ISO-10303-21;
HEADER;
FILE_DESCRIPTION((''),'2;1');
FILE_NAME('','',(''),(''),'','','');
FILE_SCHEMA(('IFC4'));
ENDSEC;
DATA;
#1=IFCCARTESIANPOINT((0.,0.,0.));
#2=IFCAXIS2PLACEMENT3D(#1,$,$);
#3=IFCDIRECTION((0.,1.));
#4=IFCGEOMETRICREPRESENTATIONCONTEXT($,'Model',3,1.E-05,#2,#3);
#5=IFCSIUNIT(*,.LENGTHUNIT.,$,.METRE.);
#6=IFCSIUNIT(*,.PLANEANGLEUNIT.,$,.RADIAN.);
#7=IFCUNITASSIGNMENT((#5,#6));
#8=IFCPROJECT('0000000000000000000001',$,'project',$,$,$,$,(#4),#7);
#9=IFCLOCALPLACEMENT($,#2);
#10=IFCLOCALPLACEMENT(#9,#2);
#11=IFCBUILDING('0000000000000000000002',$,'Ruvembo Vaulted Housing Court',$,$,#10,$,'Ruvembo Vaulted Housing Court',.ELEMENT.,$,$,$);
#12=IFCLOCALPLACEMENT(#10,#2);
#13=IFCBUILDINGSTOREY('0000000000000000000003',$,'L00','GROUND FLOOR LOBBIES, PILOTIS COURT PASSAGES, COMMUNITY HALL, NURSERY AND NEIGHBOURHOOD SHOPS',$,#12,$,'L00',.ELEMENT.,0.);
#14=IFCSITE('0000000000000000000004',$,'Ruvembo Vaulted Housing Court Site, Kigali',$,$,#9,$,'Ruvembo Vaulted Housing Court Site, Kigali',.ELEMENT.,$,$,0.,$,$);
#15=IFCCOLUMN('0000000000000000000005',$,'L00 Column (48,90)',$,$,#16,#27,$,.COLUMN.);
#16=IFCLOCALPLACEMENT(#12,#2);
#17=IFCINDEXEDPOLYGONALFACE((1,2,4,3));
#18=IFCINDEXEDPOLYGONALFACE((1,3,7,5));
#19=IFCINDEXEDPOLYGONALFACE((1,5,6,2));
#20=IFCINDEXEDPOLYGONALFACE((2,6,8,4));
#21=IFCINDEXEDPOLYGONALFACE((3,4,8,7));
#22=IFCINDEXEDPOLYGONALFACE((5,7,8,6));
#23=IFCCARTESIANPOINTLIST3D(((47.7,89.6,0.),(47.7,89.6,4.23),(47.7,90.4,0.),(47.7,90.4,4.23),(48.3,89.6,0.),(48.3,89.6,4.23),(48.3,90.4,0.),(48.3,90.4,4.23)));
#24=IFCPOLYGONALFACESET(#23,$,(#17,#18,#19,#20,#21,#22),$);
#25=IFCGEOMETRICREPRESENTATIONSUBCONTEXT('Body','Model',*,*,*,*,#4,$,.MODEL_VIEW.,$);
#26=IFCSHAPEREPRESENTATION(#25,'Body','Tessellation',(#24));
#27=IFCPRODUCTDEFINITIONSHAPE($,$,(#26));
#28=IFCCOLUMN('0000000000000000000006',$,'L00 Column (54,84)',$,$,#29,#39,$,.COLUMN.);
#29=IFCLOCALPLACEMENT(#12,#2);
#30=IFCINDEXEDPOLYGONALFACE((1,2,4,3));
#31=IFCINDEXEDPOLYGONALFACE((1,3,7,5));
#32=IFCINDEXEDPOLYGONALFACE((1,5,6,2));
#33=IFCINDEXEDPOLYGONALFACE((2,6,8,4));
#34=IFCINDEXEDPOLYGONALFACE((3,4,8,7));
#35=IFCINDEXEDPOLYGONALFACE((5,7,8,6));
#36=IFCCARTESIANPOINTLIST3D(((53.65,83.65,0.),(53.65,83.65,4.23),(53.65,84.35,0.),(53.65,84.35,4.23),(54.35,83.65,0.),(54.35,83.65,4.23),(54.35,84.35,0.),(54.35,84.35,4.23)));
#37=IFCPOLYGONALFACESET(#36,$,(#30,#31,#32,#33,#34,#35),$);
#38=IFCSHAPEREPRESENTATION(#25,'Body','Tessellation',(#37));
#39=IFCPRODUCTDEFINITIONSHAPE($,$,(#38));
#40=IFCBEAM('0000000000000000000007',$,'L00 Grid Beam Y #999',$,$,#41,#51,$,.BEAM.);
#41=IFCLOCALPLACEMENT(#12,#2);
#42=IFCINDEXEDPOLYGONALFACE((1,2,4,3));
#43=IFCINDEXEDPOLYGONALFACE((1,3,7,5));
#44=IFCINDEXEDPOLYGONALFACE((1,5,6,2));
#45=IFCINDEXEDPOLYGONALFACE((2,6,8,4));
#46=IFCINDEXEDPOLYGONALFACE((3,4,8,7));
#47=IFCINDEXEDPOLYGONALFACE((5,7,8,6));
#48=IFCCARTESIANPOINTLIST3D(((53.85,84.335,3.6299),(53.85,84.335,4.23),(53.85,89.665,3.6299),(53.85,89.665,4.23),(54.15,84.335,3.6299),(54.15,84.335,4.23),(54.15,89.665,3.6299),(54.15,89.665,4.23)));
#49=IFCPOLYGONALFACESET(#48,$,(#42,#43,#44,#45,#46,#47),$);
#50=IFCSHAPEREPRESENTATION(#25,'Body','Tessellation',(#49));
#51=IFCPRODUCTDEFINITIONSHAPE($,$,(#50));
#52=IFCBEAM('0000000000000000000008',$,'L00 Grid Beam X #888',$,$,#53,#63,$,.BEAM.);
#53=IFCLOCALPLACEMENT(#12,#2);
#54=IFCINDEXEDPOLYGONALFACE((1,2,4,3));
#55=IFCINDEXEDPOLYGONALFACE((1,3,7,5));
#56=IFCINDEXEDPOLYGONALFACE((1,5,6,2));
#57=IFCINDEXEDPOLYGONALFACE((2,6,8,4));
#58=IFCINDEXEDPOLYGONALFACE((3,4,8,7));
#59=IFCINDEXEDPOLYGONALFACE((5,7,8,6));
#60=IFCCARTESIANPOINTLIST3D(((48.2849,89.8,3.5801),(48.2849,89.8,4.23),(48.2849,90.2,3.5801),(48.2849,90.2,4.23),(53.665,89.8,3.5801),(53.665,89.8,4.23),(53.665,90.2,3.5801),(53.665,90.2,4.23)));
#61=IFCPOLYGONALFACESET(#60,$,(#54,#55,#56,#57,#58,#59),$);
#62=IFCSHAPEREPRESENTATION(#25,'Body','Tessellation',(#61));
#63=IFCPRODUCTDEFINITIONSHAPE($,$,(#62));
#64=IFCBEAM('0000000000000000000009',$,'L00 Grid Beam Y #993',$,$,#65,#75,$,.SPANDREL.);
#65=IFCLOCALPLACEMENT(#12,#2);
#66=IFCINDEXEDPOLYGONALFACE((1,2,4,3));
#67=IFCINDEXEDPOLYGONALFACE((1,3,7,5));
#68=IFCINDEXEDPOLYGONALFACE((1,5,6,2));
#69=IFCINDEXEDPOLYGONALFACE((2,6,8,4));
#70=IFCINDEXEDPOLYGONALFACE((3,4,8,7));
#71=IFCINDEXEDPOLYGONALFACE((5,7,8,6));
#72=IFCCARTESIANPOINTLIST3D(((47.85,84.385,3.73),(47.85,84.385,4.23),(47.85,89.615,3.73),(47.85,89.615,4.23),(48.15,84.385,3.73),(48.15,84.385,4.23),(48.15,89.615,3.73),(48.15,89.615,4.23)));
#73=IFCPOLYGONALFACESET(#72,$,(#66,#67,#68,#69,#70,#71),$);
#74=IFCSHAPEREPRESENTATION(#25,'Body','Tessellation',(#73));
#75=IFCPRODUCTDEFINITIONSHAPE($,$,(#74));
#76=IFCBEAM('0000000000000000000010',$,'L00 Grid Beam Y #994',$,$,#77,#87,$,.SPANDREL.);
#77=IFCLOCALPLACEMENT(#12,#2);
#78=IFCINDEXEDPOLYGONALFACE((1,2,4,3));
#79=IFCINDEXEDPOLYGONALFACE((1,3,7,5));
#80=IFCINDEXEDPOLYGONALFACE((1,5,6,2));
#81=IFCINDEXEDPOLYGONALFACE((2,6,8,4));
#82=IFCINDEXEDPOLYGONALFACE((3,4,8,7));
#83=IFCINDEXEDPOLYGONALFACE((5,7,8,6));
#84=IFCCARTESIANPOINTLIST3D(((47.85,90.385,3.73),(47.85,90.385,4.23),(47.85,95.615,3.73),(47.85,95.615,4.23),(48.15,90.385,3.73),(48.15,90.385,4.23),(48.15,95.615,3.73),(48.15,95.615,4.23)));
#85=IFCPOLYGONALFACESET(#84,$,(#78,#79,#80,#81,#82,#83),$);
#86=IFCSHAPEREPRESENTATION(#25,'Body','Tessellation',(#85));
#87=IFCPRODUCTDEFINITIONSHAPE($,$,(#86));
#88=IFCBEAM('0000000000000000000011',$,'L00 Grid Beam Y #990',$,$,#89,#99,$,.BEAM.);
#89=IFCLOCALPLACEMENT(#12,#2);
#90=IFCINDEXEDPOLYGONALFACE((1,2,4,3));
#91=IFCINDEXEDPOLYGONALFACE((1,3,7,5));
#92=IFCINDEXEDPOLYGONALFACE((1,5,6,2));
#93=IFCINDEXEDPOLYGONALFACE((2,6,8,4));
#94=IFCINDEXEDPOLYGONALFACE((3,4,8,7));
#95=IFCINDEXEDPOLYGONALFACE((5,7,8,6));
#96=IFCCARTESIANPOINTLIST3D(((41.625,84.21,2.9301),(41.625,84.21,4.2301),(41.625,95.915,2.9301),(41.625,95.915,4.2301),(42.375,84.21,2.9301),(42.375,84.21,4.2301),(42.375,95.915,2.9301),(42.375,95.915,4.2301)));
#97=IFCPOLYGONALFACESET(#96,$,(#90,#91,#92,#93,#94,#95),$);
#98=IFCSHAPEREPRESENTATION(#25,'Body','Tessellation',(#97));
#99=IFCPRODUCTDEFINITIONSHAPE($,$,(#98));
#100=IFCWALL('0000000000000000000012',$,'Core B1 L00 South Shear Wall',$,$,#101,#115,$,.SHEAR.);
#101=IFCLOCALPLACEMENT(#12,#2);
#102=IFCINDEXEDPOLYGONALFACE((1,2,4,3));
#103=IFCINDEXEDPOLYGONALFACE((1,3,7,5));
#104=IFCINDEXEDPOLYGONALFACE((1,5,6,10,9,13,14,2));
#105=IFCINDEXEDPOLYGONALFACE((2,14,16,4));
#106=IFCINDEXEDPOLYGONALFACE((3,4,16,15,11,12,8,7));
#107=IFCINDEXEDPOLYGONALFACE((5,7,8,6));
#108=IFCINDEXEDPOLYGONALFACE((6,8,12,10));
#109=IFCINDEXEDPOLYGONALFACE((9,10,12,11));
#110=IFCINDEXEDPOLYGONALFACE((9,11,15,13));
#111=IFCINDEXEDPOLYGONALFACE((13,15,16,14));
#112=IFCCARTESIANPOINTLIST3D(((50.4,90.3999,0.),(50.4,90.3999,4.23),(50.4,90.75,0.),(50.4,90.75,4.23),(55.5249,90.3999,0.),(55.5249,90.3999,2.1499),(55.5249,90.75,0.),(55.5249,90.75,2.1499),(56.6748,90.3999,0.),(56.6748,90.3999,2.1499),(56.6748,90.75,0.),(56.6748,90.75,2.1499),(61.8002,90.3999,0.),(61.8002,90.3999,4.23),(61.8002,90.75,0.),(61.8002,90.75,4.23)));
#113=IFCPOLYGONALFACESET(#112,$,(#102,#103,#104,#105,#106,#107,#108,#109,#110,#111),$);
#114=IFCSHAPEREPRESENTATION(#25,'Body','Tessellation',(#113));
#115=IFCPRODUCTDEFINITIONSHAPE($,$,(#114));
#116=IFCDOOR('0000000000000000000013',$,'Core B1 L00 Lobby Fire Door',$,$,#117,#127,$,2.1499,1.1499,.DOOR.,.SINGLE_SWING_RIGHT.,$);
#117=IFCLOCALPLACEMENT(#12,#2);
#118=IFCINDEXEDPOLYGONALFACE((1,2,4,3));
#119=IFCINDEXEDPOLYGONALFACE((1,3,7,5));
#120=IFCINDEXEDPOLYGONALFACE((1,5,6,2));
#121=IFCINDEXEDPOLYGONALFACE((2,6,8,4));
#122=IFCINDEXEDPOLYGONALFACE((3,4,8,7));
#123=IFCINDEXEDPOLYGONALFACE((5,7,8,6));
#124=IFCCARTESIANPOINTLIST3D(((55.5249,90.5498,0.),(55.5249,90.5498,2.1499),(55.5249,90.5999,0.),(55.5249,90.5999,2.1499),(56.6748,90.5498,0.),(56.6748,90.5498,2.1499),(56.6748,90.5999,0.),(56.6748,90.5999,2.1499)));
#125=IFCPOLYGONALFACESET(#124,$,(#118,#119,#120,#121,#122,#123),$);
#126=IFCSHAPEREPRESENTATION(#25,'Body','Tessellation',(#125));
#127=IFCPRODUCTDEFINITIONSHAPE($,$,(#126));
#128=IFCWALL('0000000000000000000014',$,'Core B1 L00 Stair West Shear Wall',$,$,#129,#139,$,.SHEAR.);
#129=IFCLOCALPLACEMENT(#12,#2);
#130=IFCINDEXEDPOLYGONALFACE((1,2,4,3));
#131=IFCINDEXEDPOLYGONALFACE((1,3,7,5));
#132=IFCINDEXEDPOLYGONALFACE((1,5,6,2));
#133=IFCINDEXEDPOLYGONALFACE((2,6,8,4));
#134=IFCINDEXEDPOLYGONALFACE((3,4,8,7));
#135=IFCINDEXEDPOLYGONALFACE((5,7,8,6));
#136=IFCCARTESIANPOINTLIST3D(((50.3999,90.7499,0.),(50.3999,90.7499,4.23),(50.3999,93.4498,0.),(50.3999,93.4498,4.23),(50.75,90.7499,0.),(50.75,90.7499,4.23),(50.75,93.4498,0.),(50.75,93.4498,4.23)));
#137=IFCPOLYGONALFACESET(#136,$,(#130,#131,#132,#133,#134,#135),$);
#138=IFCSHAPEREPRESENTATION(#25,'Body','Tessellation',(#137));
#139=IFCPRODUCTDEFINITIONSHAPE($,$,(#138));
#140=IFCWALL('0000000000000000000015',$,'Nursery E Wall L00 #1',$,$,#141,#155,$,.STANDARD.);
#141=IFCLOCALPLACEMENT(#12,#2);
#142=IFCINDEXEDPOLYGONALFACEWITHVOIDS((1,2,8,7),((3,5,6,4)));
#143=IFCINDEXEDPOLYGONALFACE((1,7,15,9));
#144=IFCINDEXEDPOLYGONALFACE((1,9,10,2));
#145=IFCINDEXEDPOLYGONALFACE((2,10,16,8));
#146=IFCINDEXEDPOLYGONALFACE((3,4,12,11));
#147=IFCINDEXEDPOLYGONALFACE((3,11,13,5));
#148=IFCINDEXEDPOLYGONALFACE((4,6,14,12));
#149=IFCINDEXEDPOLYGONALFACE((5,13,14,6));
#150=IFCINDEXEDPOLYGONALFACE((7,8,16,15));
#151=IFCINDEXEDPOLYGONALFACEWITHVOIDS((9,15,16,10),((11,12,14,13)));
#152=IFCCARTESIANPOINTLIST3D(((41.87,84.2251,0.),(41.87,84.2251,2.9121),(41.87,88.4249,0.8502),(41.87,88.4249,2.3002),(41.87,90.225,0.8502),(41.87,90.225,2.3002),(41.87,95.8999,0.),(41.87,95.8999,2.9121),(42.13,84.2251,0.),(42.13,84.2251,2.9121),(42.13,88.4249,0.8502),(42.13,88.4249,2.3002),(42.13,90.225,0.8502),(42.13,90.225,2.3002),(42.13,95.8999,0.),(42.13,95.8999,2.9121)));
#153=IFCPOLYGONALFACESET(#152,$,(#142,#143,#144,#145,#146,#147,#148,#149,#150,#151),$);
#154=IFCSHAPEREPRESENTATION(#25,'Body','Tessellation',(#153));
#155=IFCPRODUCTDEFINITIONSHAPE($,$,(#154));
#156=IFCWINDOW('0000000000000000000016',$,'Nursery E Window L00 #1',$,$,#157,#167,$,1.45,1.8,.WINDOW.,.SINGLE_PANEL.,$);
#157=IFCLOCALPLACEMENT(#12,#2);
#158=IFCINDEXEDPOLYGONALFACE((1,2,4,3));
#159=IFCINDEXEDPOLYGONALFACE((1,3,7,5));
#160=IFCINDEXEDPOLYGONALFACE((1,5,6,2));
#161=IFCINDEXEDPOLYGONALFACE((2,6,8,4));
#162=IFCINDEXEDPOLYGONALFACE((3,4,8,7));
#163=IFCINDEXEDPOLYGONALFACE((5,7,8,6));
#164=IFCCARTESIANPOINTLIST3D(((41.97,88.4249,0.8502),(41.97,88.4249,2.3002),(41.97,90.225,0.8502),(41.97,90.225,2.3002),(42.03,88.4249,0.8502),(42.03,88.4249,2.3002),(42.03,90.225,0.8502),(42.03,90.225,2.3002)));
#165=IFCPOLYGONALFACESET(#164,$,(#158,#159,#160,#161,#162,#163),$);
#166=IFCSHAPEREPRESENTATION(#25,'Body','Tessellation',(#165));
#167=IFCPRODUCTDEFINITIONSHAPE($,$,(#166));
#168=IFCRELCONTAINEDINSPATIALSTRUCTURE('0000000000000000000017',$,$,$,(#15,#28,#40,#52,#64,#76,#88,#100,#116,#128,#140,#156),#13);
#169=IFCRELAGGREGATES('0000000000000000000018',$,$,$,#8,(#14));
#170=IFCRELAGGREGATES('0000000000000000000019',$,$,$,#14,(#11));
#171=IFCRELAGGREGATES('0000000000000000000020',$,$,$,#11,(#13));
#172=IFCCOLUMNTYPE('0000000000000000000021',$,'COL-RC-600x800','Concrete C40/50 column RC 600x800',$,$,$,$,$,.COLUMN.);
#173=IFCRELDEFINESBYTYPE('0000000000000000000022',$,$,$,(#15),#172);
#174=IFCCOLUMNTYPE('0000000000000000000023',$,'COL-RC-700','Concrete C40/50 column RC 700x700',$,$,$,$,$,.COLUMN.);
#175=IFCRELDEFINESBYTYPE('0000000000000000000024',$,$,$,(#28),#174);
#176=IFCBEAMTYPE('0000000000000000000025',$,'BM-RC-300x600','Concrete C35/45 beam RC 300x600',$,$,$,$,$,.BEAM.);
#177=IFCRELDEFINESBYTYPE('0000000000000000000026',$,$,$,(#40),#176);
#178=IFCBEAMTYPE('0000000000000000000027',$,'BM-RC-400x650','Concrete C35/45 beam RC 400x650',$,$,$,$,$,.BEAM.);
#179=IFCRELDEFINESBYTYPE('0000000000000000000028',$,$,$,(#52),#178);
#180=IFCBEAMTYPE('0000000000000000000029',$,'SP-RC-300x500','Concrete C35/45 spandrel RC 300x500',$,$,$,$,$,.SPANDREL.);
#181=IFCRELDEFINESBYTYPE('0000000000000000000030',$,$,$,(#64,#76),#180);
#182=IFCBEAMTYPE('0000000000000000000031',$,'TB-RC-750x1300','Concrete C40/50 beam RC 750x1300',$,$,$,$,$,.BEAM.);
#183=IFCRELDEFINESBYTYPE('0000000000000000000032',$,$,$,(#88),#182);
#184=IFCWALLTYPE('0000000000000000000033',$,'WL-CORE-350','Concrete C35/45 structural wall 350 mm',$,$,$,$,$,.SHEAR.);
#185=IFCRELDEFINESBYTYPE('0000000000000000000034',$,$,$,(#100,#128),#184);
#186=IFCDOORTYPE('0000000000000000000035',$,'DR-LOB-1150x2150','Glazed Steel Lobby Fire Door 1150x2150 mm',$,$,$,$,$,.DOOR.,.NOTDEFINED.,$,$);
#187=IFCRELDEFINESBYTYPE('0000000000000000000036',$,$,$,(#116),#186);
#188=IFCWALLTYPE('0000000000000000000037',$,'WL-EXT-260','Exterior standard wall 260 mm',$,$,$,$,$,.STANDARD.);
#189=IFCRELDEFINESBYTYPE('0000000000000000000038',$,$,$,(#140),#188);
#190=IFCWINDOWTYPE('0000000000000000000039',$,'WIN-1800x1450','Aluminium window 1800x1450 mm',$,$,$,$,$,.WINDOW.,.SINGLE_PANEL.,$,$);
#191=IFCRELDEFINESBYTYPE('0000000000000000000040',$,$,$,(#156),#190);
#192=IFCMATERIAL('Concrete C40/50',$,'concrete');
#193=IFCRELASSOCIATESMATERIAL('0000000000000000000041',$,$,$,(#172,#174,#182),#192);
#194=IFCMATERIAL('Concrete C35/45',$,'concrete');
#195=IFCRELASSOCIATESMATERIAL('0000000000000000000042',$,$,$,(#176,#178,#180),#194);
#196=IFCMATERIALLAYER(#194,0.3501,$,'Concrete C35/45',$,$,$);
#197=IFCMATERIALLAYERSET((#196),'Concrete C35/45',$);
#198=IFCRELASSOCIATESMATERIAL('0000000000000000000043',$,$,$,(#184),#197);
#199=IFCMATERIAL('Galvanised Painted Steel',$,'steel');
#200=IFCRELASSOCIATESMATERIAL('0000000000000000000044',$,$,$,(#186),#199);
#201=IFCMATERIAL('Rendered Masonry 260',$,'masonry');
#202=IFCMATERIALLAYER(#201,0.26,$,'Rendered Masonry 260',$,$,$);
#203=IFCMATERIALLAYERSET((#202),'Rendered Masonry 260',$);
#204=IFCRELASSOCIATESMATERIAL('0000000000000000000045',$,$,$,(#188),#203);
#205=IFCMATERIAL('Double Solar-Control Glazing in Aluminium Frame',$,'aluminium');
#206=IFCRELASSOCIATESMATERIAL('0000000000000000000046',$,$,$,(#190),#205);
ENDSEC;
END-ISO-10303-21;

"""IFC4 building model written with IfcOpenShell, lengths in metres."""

from ifc_helpers import new_model, si_unit, direction, frame, frame_2d, origin, origin_2d, place, context, subcontext, project, spatial, rectangle, extrude, material, layer, layer_set, material_profile, profile_set, type_object, element, fill, save


model = new_model("IFC4")

# Units and contexts
model_context = context("Model", 3, precision=1e-05, world=origin(), true_north=direction((0.0, 1.0)))
body_context = subcontext(model_context, "Body", "Model", "MODEL_VIEW")
ifc_project = project(units=[si_unit("LENGTHUNIT", "METRE"), si_unit("PLANEANGLEUNIT", "RADIAN")], contexts=[model_context])

# Site, building, storey
site_placement = place(None, origin())
site = spatial("IfcSite", under=ifc_project, at=site_placement, Name="Ruvembo Vaulted Housing Court Site, Kigali", LongName="Ruvembo Vaulted Housing Court Site, Kigali", CompositionType="ELEMENT", RefElevation=0.0)
building_placement = place(site_placement, origin())
building = spatial("IfcBuilding", under=site, at=building_placement, Name="Ruvembo Vaulted Housing Court", LongName="Ruvembo Vaulted Housing Court", CompositionType="ELEMENT")
storey_placement = place(building_placement, origin())
storey = spatial("IfcBuildingStorey", under=building, at=storey_placement, Name="L00", Description="GROUND FLOOR LOBBIES, PILOTIS COURT PASSAGES, COMMUNITY HALL, NURSERY AND NEIGHBOURHOOD SHOPS", LongName="L00", CompositionType="ELEMENT", Elevation=0.0)

# Columns
ifc_material_1 = material(Name="Concrete C40/50", Category="concrete")
ifc_material_profile_1 = material_profile(ifc_material_1, rectangle(XDim=0.6001, YDim=0.8, at=origin_2d()), Name="RC 600x800")
ifc_profile_set_1 = profile_set([ifc_material_profile_1], Name="Concrete C40/50")
column_type_1 = type_object("IfcColumnType", Name="COL-RC-600x800", Description="Concrete C40/50 column RC 600x800", PredefinedType="COLUMN", material=ifc_profile_set_1)
column_1_placement = place(storey_placement, frame((48.0, 90.0, 0.0), z_axis=(0.0, 0.0, 1.0), x_axis=(1.0, 0.0, 0.0)))
element("IfcColumn", 1, at=column_1_placement, inside=storey, type_object=column_type_1, Name="L00 Column (48,90)", PredefinedType="COLUMN", context=body_context, shape_type="SweptSolid", body=[
    extrude(rectangle(XDim=0.6001, YDim=0.8, at=origin_2d()), origin(), (0.0, 0.0, 1.0), 4.23),
])
ifc_material_profile_2 = material_profile(ifc_material_1, rectangle(XDim=0.7, YDim=0.7, at=origin_2d()), Name="RC 700x700")
ifc_profile_set_2 = profile_set([ifc_material_profile_2], Name="Concrete C40/50")
column_type_2 = type_object("IfcColumnType", Name="COL-RC-700", Description="Concrete C40/50 column RC 700x700", PredefinedType="COLUMN", material=ifc_profile_set_2)
column_2_placement = place(storey_placement, frame((54.0, 84.0, 0.0), z_axis=(0.0, 0.0, 1.0), x_axis=(1.0, 0.0, 0.0)))
element("IfcColumn", 2, at=column_2_placement, inside=storey, type_object=column_type_2, Name="L00 Column (54,84)", PredefinedType="COLUMN", context=body_context, shape_type="SweptSolid", body=[
    extrude(rectangle(XDim=0.7, YDim=0.7, at=origin_2d()), origin(), (0.0, 0.0, 1.0), 4.23),
])

# Beams
ifc_material_2 = material(Name="Concrete C35/45", Category="concrete")
ifc_material_profile_3 = material_profile(ifc_material_2, rectangle(XDim=0.3, YDim=0.6001, at=origin_2d()), Name="RC 300x600")
ifc_profile_set_3 = profile_set([ifc_material_profile_3], Name="Concrete C35/45")
beam_type_1 = type_object("IfcBeamType", Name="BM-RC-300x600", Description="Concrete C35/45 beam RC 300x600", PredefinedType="BEAM", material=ifc_profile_set_3)
beam_1_placement = place(storey_placement, frame((54.0, 84.335, 3.9299), z_axis=(0.0, 1.0, 0.0), x_axis=(-1.0, 0.0, 0.0)))
element("IfcBeam", 3, at=beam_1_placement, inside=storey, type_object=beam_type_1, Name="L00 Grid Beam Y #999", PredefinedType="BEAM", context=body_context, shape_type="SweptSolid", body=[
    extrude(rectangle(XDim=0.3, YDim=0.6001, at=origin_2d()), origin(), (0.0, 0.0, 1.0), 5.3301),
])
ifc_material_profile_4 = material_profile(ifc_material_2, rectangle(XDim=0.3999, YDim=0.6499, at=origin_2d()), Name="RC 400x650")
ifc_profile_set_4 = profile_set([ifc_material_profile_4], Name="Concrete C35/45")
beam_type_2 = type_object("IfcBeamType", Name="BM-RC-400x650", Description="Concrete C35/45 beam RC 400x650", PredefinedType="BEAM", material=ifc_profile_set_4)
beam_2_placement = place(storey_placement, frame((48.2849, 90.0, 3.905), z_axis=(1.0, 0.0, 0.0), x_axis=(0.0, 1.0, 0.0)))
element("IfcBeam", 4, at=beam_2_placement, inside=storey, type_object=beam_type_2, Name="L00 Grid Beam X #888", PredefinedType="BEAM", context=body_context, shape_type="SweptSolid", body=[
    extrude(rectangle(XDim=0.3999, YDim=0.6499, at=origin_2d()), origin(), (0.0, 0.0, 1.0), 5.3801),
])
ifc_material_profile_5 = material_profile(ifc_material_2, rectangle(XDim=0.3, YDim=0.5, at=origin_2d()), Name="RC 300x500")
ifc_profile_set_5 = profile_set([ifc_material_profile_5], Name="Concrete C35/45")
beam_type_3 = type_object("IfcBeamType", Name="SP-RC-300x500", Description="Concrete C35/45 spandrel RC 300x500", PredefinedType="SPANDREL", material=ifc_profile_set_5)
for number, where, z_axis, x_axis, name in (
    (5, (48.0, 84.385, 3.98), (0.0, 1.0, 0.0), (-1.0, 0.0, 0.0), "L00 Grid Beam Y #993"),
    (6, (48.0, 90.385, 3.98), (0.0, 1.0, 0.0), (-1.0, 0.0, 0.0), "L00 Grid Beam Y #994"),
):
    element("IfcBeam", number, at=place(storey_placement, frame(where, z_axis=z_axis, x_axis=x_axis)), inside=storey, type_object=beam_type_3, Name=name, PredefinedType="SPANDREL", context=body_context, shape_type="SweptSolid", body=[
        extrude(rectangle(XDim=0.3, YDim=0.5, at=origin_2d()), origin(), (0.0, 0.0, 1.0), 5.23),
    ])
ifc_material_profile_6 = material_profile(ifc_material_1, rectangle(XDim=0.75, YDim=1.3, at=origin_2d()), Name="RC 750x1300")
ifc_profile_set_6 = profile_set([ifc_material_profile_6], Name="Concrete C40/50")
beam_type_4 = type_object("IfcBeamType", Name="TB-RC-750x1300", Description="Concrete C40/50 beam RC 750x1300", PredefinedType="BEAM", material=ifc_profile_set_6)
beam_3_placement = place(storey_placement, frame((42.0, 84.21, 3.5801), z_axis=(0.0, 1.0, 0.0), x_axis=(-1.0, 0.0, 0.0)))
element("IfcBeam", 7, at=beam_3_placement, inside=storey, type_object=beam_type_4, Name="L00 Grid Beam Y #990", PredefinedType="BEAM", context=body_context, shape_type="SweptSolid", body=[
    extrude(rectangle(XDim=0.75, YDim=1.3, at=origin_2d()), origin(), (0.0, 0.0, 1.0), 11.7051),
])

# Wall, opening, door
ifc_layer_1 = layer(ifc_material_2, 0.3501, Name="Concrete C35/45")
ifc_layer_set_1 = layer_set([ifc_layer_1], Name="Concrete C35/45")
wall_type_1 = type_object("IfcWallType", Name="WL-CORE-350", Description="Concrete C35/45 structural wall 350 mm", PredefinedType="SHEAR", material=ifc_layer_set_1)
wall_1_placement = place(storey_placement, frame((50.3999, 90.575, 0.0), z_axis=(0.0, 0.0, 1.0), x_axis=(1.0, 0.0, 0.0)))
wall_1 = element("IfcWall", 8, at=wall_1_placement, inside=storey, type_object=wall_type_1, Name="Core B1 L00 South Shear Wall", PredefinedType="SHEAR", context=body_context, shape_type="SweptSolid", body=[
    extrude(rectangle(XDim=11.4001, YDim=0.3501, at=frame_2d((5.7002, 0.0))), origin(), (0.0, 0.0, 1.0), 4.23),
])
opening_1_placement = place(wall_1_placement, frame((5.125, 0.0, 0.0)))
opening_1 = element("IfcOpeningElement", 9, at=opening_1_placement, cuts=wall_1, PredefinedType="OPENING", context=body_context, shape_type="SweptSolid", body=[
    extrude(rectangle(XDim=1.1499, YDim=2.1499, at=frame_2d((0.575, 1.075))), frame((0.0, 0.1851, 0.0), z_axis=(0.0, -1.0, 0.0), x_axis=(1.0, 0.0, 0.0)), (0.0, 0.0, 1.0), 0.3701),
])
ifc_material_3 = material(Name="Galvanised Painted Steel", Category="steel")
door_type_1 = type_object("IfcDoorType", Name="DR-LOB-1150x2150", Description="Glazed Steel Lobby Fire Door 1150x2150 mm", OperationType="NOTDEFINED", PredefinedType="DOOR", material=ifc_material_3)
door_1_placement = place(opening_1_placement, origin())
door_1 = element("IfcDoor", 10, at=door_1_placement, inside=storey, type_object=door_type_1, Name="Core B1 L00 Lobby Fire Door", OperationType="SINGLE_SWING_RIGHT", OverallHeight=2.1499, OverallWidth=1.1499, PredefinedType="DOOR", context=body_context, shape_type="SweptSolid", body=[
    extrude(rectangle(XDim=1.1499, YDim=2.1499, at=frame_2d((0.575, 1.075))), frame((0.0, 0.0249, 0.0), z_axis=(0.0, -1.0, 0.0), x_axis=(1.0, 0.0, 0.0)), (0.0, 0.0, 1.0), 0.05),
])
fill(opening_1, door_1)

# Wall
wall_2_placement = place(storey_placement, frame((50.575, 93.45, 0.0), z_axis=(0.0, 0.0, 1.0), x_axis=(0.0, -1.0, 0.0)))
element("IfcWall", 11, at=wall_2_placement, inside=storey, type_object=wall_type_1, Name="Core B1 L00 Stair West Shear Wall", PredefinedType="SHEAR", context=body_context, shape_type="SweptSolid", body=[
    extrude(rectangle(XDim=2.7, YDim=0.3501, at=frame_2d((1.3501, 0.0))), origin(), (0.0, 0.0, 1.0), 4.23),
])

# Wall, opening, window
ifc_material_4 = material(Name="Rendered Masonry 260", Category="masonry")
ifc_layer_2 = layer(ifc_material_4, 0.26, Name="Rendered Masonry 260")
ifc_layer_set_2 = layer_set([ifc_layer_2], Name="Rendered Masonry 260")
wall_type_2 = type_object("IfcWallType", Name="WL-EXT-260", Description="Exterior standard wall 260 mm", PredefinedType="STANDARD", material=ifc_layer_set_2)
wall_3_placement = place(storey_placement, frame((42.0, 84.2251, 0.0), z_axis=(0.0, 0.0, 1.0), x_axis=(0.0, 1.0, 0.0)))
wall_3 = element("IfcWall", 12, at=wall_3_placement, inside=storey, type_object=wall_type_2, Name="Nursery E Wall L00 #1", PredefinedType="STANDARD", context=body_context, shape_type="SweptSolid", body=[
    extrude(rectangle(XDim=11.6748, YDim=0.26, at=frame_2d((5.8374, 0.0))), origin(), (0.0, 0.0, 1.0), 2.9121),
])
opening_2_placement = place(wall_3_placement, frame((4.2, 0.0, 0.8501)))
opening_2 = element("IfcOpeningElement", 13, at=opening_2_placement, cuts=wall_3, PredefinedType="OPENING", context=body_context, shape_type="SweptSolid", body=[
    extrude(rectangle(XDim=1.8, YDim=1.45, at=frame_2d((0.8999, 0.7251))), frame((0.0, 0.1399, 0.0), z_axis=(0.0, -1.0, 0.0), x_axis=(1.0, 0.0, 0.0)), (0.0, 0.0, 1.0), 0.28),
])
ifc_material_5 = material(Name="Double Solar-Control Glazing in Aluminium Frame", Category="aluminium")
window_type_1 = type_object("IfcWindowType", Name="WIN-1800x1450", Description="Aluminium window 1800x1450 mm", PartitioningType="SINGLE_PANEL", PredefinedType="WINDOW", material=ifc_material_5)
window_1_placement = place(opening_2_placement, origin())
window_1 = element("IfcWindow", 14, at=window_1_placement, inside=storey, type_object=window_type_1, Name="Nursery E Window L00 #1", OverallHeight=1.45, OverallWidth=1.8, PartitioningType="SINGLE_PANEL", PredefinedType="WINDOW", context=body_context, shape_type="SweptSolid", body=[
    extrude(rectangle(XDim=1.8, YDim=1.45, at=frame_2d((0.8999, 0.7251))), frame((0.0, 0.03, 0.0), z_axis=(0.0, -1.0, 0.0), x_axis=(1.0, 0.0, 0.0)), (0.0, 0.0, 1.0), 0.0601),
])
fill(opening_2, window_1)

save(model, "model.ifc")
